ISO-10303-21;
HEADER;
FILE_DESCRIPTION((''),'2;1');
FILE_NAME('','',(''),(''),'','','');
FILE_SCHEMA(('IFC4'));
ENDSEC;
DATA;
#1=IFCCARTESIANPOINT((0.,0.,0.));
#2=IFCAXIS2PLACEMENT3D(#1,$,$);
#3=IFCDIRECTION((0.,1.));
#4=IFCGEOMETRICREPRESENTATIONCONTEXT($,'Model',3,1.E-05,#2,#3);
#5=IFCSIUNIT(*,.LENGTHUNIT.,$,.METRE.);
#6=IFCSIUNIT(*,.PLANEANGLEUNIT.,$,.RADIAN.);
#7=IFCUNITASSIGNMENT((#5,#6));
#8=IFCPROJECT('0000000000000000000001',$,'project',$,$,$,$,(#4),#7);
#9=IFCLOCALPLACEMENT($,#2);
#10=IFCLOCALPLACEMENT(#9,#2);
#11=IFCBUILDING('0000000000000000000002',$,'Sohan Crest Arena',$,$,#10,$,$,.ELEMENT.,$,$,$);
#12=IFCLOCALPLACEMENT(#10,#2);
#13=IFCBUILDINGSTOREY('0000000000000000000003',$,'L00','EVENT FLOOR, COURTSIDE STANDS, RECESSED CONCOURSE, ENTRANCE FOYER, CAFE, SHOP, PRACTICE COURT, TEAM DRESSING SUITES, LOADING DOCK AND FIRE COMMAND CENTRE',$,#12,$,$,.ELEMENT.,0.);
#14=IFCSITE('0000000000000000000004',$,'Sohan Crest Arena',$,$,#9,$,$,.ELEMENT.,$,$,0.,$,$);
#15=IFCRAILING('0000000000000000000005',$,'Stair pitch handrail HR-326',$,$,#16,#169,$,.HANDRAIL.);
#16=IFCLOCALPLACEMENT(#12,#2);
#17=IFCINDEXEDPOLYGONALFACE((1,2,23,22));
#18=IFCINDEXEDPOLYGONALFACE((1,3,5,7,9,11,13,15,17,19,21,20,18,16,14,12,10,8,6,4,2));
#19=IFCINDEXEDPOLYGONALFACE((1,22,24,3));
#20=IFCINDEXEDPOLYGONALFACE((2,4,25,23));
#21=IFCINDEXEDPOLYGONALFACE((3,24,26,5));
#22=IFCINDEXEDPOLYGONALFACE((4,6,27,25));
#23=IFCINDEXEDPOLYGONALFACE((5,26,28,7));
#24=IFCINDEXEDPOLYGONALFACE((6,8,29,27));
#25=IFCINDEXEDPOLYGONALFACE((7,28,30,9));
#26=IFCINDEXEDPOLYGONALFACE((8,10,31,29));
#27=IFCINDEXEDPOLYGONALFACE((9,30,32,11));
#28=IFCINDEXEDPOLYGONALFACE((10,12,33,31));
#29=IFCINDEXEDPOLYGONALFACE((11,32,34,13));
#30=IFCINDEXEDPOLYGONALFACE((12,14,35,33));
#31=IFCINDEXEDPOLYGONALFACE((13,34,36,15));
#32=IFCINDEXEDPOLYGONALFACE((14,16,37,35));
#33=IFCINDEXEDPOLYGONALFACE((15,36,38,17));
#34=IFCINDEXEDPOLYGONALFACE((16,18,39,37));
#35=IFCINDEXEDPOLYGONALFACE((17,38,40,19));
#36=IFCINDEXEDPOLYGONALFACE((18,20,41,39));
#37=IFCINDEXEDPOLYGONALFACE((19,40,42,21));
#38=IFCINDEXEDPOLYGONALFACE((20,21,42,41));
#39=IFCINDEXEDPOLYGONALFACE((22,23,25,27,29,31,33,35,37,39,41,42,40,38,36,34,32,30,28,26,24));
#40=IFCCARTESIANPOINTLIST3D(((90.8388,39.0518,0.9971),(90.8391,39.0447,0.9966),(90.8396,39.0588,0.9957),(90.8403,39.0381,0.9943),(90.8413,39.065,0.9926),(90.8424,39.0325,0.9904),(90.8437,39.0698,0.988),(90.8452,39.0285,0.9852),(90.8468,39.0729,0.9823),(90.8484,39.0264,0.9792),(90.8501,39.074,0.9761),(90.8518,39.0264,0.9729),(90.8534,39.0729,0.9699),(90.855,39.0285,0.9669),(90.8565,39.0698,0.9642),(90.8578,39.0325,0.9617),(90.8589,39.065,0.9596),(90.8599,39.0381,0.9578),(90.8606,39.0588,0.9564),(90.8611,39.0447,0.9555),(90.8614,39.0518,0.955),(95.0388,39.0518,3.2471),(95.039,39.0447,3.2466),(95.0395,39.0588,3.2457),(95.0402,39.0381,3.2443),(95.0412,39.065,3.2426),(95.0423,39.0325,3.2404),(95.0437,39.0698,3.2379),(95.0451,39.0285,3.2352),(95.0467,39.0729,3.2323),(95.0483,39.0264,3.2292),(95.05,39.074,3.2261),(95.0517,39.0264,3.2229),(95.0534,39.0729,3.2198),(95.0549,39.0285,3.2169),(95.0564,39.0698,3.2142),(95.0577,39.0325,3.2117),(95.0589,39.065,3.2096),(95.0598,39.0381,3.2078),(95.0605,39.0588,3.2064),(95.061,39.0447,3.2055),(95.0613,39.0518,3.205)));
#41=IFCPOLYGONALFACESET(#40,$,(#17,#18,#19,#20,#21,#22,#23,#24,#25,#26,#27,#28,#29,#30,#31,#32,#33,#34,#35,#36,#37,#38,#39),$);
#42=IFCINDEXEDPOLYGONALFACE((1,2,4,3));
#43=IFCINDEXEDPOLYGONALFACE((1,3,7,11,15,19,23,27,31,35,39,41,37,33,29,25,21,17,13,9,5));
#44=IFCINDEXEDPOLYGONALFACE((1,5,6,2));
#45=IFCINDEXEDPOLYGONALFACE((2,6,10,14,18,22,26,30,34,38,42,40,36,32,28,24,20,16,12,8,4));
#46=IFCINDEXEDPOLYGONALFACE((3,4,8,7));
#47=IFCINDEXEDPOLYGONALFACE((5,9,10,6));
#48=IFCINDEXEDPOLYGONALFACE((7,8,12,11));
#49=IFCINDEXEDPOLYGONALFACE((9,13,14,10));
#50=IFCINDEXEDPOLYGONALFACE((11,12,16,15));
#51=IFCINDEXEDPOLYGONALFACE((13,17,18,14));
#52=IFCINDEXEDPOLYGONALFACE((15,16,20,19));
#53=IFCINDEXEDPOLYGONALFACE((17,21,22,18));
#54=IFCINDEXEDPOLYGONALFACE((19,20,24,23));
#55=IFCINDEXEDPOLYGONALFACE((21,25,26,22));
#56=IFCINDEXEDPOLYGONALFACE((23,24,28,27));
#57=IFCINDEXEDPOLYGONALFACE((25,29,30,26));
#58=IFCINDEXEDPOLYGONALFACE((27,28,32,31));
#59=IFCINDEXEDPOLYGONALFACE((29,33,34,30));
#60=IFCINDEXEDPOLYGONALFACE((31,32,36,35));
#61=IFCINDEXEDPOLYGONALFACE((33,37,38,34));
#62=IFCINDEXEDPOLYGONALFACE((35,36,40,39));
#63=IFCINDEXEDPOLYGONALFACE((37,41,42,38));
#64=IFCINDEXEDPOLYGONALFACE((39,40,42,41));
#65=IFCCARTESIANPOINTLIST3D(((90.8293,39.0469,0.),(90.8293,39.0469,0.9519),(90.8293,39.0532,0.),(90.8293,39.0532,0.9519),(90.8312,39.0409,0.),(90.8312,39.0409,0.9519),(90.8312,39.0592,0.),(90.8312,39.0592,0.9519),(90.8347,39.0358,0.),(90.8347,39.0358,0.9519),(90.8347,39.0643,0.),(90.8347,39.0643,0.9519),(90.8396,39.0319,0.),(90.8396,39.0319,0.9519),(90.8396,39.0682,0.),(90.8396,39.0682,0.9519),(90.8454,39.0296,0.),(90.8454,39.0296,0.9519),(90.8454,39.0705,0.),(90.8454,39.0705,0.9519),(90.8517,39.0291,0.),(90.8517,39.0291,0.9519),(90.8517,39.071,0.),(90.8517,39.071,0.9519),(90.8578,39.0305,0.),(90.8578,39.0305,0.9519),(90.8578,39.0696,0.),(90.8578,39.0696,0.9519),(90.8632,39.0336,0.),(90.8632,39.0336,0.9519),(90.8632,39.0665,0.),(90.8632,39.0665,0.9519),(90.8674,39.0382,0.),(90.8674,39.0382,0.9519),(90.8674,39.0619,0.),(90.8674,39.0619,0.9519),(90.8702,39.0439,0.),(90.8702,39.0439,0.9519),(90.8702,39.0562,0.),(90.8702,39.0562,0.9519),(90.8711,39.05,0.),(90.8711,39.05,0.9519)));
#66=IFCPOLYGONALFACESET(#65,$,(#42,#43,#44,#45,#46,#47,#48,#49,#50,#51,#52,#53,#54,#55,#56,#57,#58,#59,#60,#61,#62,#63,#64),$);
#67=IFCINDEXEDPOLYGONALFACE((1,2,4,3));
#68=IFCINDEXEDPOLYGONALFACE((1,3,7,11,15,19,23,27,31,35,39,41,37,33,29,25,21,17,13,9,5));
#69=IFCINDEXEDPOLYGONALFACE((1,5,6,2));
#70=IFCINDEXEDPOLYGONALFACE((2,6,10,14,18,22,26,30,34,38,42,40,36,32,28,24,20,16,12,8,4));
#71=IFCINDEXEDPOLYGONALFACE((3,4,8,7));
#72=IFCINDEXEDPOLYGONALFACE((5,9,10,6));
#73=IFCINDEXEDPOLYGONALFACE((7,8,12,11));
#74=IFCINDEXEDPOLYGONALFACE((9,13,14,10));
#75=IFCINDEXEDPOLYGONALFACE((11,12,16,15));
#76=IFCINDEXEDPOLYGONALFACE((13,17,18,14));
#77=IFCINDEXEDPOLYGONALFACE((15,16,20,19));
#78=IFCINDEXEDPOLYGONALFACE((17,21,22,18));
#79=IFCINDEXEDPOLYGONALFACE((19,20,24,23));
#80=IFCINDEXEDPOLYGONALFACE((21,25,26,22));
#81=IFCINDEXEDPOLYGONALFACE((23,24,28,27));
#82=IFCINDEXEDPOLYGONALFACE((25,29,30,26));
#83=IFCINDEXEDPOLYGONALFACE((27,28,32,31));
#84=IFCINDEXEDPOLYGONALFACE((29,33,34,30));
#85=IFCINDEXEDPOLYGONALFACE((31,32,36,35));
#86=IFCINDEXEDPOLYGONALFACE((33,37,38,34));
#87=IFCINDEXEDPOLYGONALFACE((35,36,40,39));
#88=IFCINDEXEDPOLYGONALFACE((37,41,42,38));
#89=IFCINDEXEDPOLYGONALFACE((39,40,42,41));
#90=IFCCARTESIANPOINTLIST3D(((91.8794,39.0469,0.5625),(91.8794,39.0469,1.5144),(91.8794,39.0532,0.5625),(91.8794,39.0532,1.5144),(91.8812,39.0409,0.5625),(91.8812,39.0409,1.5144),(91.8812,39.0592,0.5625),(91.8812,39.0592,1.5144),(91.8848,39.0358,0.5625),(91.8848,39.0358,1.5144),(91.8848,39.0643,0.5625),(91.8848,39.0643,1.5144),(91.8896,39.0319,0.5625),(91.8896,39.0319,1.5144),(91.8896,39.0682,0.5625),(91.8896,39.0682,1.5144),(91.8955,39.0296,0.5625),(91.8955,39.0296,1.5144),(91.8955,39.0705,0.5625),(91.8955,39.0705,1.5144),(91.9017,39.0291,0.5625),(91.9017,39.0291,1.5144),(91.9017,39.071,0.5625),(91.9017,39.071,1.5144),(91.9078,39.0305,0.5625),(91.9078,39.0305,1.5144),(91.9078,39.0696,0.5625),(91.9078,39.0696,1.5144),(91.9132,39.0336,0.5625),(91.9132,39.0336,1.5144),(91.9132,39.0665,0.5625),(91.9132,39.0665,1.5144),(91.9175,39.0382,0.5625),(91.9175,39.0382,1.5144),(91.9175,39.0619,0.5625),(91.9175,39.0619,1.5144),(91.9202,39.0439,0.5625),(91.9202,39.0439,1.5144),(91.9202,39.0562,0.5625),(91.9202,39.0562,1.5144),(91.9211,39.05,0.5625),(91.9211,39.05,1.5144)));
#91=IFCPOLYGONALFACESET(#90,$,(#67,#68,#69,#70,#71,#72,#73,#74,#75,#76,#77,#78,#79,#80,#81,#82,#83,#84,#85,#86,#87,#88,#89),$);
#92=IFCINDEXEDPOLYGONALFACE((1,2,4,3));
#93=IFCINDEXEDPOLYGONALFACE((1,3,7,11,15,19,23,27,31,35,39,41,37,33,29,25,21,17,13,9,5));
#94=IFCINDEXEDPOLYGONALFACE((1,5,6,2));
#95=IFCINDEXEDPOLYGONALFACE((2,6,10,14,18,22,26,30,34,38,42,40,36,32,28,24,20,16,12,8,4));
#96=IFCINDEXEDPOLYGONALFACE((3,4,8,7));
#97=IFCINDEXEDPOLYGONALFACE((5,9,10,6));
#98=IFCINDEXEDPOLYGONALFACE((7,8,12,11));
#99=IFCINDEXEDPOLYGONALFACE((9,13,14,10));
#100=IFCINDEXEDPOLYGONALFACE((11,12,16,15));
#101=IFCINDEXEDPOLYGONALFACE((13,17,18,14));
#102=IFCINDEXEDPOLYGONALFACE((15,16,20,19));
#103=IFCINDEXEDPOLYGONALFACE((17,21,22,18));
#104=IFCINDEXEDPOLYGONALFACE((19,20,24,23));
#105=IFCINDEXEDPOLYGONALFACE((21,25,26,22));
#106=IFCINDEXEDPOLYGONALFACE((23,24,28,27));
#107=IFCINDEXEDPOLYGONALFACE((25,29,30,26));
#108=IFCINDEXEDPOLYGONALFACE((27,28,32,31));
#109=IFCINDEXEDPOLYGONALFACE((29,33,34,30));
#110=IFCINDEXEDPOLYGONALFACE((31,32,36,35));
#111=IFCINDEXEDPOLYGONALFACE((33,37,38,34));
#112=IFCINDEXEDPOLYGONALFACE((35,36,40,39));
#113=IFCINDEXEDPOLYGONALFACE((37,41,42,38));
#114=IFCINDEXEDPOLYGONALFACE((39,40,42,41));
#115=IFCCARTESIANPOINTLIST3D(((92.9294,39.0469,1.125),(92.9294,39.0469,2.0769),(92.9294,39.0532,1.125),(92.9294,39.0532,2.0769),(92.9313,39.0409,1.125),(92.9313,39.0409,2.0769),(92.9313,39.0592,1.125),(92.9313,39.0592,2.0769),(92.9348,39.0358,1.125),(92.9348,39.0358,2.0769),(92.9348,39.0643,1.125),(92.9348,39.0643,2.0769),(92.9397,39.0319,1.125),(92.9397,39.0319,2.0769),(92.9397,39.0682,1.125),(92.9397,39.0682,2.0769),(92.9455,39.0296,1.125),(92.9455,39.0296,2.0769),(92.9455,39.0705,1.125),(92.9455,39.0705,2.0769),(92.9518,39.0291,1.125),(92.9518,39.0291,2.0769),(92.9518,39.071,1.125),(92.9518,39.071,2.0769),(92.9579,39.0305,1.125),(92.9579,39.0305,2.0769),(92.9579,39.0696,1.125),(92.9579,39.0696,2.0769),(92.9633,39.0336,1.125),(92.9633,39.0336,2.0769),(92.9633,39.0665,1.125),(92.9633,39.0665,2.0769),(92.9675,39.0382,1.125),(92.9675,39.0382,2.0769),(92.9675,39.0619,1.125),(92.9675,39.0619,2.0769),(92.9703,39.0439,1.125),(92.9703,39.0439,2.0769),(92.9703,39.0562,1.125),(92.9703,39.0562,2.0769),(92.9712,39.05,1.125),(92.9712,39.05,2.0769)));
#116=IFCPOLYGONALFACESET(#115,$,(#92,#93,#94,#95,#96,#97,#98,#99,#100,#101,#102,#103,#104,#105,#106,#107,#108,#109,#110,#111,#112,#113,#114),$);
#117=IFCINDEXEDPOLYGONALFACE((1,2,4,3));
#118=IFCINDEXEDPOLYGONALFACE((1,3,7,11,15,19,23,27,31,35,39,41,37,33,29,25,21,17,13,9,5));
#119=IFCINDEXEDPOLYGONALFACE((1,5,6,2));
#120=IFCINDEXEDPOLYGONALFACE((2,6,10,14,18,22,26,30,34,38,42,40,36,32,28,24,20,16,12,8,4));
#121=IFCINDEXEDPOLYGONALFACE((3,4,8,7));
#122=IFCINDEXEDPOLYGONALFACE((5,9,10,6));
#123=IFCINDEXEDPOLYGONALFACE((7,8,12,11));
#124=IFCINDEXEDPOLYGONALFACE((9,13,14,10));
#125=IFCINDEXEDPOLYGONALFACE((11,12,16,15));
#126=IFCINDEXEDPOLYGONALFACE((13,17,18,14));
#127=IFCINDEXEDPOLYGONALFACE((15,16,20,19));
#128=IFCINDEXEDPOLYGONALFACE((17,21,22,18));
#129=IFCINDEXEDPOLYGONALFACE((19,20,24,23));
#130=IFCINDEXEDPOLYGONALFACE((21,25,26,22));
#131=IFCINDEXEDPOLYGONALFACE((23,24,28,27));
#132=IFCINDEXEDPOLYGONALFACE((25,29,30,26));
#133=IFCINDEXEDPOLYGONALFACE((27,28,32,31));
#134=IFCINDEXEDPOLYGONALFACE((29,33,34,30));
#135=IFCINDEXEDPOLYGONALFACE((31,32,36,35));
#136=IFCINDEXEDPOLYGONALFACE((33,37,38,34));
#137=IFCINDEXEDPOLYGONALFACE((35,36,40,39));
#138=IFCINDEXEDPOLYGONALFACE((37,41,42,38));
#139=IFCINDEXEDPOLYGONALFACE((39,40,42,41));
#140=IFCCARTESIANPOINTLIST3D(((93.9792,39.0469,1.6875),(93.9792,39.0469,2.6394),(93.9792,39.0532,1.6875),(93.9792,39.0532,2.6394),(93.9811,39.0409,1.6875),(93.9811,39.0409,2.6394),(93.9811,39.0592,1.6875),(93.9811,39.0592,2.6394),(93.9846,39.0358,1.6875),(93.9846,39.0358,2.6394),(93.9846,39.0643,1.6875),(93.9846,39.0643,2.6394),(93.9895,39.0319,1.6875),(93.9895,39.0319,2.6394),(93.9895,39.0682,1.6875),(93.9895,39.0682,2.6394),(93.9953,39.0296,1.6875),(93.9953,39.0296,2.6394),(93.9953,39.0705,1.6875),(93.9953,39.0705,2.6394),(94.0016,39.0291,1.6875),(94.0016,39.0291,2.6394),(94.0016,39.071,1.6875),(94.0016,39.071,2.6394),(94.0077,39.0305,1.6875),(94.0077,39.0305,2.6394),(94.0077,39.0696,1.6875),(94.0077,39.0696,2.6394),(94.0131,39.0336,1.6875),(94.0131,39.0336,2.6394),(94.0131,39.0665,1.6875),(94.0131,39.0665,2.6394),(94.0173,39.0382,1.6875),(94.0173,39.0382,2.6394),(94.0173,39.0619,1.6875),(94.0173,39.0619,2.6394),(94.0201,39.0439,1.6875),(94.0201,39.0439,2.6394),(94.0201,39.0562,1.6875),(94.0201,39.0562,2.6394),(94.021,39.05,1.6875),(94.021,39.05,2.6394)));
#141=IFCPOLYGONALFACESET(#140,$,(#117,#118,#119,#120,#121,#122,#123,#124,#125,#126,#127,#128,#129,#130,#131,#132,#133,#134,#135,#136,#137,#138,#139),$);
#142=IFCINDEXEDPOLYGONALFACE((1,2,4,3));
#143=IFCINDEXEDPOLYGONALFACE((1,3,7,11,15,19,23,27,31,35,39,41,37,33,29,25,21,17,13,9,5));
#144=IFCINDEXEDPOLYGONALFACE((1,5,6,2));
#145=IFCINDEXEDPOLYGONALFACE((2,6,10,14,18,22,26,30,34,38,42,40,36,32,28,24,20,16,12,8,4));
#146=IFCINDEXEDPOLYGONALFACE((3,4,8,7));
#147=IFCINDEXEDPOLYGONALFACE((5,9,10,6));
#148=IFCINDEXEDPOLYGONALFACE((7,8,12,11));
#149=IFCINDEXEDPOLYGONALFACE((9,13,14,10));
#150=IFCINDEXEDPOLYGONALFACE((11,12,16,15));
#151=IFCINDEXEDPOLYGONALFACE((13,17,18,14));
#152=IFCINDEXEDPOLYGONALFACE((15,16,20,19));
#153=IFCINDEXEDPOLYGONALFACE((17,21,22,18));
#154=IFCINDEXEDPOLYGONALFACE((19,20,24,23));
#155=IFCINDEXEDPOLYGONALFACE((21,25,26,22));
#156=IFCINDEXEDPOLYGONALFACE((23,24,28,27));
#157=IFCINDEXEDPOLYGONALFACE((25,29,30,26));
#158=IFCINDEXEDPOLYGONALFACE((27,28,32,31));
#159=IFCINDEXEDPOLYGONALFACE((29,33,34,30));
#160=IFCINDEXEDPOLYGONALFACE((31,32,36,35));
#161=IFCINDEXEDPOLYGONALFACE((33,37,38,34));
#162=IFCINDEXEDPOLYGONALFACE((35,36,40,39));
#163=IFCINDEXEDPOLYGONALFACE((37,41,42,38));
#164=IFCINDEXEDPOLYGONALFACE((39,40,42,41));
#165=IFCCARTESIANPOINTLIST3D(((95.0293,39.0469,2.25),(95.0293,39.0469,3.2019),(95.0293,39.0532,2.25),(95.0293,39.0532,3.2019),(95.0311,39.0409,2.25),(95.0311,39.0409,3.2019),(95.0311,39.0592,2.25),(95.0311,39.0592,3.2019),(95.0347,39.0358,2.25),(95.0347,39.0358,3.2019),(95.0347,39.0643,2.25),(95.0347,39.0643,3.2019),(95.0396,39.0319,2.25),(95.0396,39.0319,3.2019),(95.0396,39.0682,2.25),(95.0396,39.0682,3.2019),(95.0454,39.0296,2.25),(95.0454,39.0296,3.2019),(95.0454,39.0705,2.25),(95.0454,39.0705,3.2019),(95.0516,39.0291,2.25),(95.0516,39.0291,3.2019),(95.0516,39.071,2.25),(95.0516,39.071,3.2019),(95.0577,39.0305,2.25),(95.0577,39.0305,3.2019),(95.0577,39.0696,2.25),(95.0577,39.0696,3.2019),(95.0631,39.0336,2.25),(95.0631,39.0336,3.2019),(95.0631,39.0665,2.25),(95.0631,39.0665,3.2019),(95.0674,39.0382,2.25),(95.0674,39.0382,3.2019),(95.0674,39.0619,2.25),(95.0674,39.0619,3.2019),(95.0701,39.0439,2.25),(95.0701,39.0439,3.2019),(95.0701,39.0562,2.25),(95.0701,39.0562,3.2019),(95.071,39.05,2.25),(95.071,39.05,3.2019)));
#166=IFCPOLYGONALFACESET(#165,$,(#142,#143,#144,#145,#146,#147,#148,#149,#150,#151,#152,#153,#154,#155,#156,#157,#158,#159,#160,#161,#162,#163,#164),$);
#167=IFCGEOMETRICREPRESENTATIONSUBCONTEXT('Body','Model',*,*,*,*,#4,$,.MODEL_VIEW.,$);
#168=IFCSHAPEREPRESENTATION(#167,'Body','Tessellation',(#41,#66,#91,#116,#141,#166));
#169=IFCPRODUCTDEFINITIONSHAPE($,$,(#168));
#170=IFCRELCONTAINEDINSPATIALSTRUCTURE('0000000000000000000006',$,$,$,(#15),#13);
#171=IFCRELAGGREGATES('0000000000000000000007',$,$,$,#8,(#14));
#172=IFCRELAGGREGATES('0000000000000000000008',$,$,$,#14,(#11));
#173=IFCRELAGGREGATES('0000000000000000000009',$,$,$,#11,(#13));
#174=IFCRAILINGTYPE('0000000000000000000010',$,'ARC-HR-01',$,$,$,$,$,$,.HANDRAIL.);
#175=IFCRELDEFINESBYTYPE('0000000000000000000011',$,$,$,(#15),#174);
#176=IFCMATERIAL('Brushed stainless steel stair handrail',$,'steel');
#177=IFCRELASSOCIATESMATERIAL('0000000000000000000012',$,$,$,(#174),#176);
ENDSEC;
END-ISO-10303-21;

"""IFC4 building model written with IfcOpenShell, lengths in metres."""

from ifc_helpers import new_model, si_unit, direction, frame, origin, origin_2d, place, context, subcontext, project, spatial, circle, extrude, material, type_object, element, save


model = new_model("IFC4")

# Units and contexts
model_context = context("Model", 3, precision=1e-05, world=origin(), true_north=direction((0.0, 1.0)))
body_context = subcontext(model_context, "Body", "Model", "MODEL_VIEW")
ifc_project = project(units=[si_unit("LENGTHUNIT", "METRE"), si_unit("PLANEANGLEUNIT", "RADIAN")], contexts=[model_context])

# Site, building, storey
site_placement = place(None, origin())
site = spatial("IfcSite", under=ifc_project, at=site_placement, Name="Sohan Crest Arena", CompositionType="ELEMENT", RefElevation=0.0)
building_placement = place(site_placement, origin())
building = spatial("IfcBuilding", under=site, at=building_placement, Name="Sohan Crest Arena", CompositionType="ELEMENT")
storey_placement = place(building_placement, origin())
storey = spatial("IfcBuildingStorey", under=building, at=storey_placement, Name="L00", Description="EVENT FLOOR, COURTSIDE STANDS, RECESSED CONCOURSE, ENTRANCE FOYER, CAFE, SHOP, PRACTICE COURT, TEAM DRESSING SUITES, LOADING DOCK AND FIRE COMMAND CENTRE", CompositionType="ELEMENT", Elevation=0.0)

# Railing
ifc_material_1 = material(Name="Brushed stainless steel stair handrail", Category="steel")
railing_type_1 = type_object("IfcRailingType", Name="ARC-HR-01", PredefinedType="HANDRAIL", material=ifc_material_1)
railing_1_placement = place(storey_placement, frame((90.8501, 39.05, 0.0)))
element("IfcRailing", 1, at=railing_1_placement, inside=storey, type_object=railing_type_1, Name="Stair pitch handrail HR-326", PredefinedType="HANDRAIL", context=body_context, shape_type="SweptSolid", body=[
    extrude(circle(Radius=0.0239, at=origin_2d()), frame((0.0, 0.0, 0.9761), z_axis=(0.881478, 0.0, 0.472226), x_axis=(0.0, 1.0, 0.0)), (0.0, 0.0, 1.0), 4.7646),
    extrude(circle(Radius=0.021, at=origin_2d()), origin(), (0.0, 0.0, 1.0), 0.9519),
    extrude(circle(Radius=0.021, at=origin_2d()), frame((1.05, 0.0, 0.5625)), (0.0, 0.0, 1.0), 0.9519),
    extrude(circle(Radius=0.021, at=origin_2d()), frame((2.1001, 0.0, 1.125)), (0.0, 0.0, 1.0), 0.9519),
    extrude(circle(Radius=0.021, at=origin_2d()), frame((3.1499, 0.0, 1.6875)), (0.0, 0.0, 1.0), 0.9519),
    extrude(circle(Radius=0.021, at=origin_2d()), frame((4.2, 0.0, 2.25)), (0.0, 0.0, 1.0), 0.9519),
])

save(model, "model.ifc")
